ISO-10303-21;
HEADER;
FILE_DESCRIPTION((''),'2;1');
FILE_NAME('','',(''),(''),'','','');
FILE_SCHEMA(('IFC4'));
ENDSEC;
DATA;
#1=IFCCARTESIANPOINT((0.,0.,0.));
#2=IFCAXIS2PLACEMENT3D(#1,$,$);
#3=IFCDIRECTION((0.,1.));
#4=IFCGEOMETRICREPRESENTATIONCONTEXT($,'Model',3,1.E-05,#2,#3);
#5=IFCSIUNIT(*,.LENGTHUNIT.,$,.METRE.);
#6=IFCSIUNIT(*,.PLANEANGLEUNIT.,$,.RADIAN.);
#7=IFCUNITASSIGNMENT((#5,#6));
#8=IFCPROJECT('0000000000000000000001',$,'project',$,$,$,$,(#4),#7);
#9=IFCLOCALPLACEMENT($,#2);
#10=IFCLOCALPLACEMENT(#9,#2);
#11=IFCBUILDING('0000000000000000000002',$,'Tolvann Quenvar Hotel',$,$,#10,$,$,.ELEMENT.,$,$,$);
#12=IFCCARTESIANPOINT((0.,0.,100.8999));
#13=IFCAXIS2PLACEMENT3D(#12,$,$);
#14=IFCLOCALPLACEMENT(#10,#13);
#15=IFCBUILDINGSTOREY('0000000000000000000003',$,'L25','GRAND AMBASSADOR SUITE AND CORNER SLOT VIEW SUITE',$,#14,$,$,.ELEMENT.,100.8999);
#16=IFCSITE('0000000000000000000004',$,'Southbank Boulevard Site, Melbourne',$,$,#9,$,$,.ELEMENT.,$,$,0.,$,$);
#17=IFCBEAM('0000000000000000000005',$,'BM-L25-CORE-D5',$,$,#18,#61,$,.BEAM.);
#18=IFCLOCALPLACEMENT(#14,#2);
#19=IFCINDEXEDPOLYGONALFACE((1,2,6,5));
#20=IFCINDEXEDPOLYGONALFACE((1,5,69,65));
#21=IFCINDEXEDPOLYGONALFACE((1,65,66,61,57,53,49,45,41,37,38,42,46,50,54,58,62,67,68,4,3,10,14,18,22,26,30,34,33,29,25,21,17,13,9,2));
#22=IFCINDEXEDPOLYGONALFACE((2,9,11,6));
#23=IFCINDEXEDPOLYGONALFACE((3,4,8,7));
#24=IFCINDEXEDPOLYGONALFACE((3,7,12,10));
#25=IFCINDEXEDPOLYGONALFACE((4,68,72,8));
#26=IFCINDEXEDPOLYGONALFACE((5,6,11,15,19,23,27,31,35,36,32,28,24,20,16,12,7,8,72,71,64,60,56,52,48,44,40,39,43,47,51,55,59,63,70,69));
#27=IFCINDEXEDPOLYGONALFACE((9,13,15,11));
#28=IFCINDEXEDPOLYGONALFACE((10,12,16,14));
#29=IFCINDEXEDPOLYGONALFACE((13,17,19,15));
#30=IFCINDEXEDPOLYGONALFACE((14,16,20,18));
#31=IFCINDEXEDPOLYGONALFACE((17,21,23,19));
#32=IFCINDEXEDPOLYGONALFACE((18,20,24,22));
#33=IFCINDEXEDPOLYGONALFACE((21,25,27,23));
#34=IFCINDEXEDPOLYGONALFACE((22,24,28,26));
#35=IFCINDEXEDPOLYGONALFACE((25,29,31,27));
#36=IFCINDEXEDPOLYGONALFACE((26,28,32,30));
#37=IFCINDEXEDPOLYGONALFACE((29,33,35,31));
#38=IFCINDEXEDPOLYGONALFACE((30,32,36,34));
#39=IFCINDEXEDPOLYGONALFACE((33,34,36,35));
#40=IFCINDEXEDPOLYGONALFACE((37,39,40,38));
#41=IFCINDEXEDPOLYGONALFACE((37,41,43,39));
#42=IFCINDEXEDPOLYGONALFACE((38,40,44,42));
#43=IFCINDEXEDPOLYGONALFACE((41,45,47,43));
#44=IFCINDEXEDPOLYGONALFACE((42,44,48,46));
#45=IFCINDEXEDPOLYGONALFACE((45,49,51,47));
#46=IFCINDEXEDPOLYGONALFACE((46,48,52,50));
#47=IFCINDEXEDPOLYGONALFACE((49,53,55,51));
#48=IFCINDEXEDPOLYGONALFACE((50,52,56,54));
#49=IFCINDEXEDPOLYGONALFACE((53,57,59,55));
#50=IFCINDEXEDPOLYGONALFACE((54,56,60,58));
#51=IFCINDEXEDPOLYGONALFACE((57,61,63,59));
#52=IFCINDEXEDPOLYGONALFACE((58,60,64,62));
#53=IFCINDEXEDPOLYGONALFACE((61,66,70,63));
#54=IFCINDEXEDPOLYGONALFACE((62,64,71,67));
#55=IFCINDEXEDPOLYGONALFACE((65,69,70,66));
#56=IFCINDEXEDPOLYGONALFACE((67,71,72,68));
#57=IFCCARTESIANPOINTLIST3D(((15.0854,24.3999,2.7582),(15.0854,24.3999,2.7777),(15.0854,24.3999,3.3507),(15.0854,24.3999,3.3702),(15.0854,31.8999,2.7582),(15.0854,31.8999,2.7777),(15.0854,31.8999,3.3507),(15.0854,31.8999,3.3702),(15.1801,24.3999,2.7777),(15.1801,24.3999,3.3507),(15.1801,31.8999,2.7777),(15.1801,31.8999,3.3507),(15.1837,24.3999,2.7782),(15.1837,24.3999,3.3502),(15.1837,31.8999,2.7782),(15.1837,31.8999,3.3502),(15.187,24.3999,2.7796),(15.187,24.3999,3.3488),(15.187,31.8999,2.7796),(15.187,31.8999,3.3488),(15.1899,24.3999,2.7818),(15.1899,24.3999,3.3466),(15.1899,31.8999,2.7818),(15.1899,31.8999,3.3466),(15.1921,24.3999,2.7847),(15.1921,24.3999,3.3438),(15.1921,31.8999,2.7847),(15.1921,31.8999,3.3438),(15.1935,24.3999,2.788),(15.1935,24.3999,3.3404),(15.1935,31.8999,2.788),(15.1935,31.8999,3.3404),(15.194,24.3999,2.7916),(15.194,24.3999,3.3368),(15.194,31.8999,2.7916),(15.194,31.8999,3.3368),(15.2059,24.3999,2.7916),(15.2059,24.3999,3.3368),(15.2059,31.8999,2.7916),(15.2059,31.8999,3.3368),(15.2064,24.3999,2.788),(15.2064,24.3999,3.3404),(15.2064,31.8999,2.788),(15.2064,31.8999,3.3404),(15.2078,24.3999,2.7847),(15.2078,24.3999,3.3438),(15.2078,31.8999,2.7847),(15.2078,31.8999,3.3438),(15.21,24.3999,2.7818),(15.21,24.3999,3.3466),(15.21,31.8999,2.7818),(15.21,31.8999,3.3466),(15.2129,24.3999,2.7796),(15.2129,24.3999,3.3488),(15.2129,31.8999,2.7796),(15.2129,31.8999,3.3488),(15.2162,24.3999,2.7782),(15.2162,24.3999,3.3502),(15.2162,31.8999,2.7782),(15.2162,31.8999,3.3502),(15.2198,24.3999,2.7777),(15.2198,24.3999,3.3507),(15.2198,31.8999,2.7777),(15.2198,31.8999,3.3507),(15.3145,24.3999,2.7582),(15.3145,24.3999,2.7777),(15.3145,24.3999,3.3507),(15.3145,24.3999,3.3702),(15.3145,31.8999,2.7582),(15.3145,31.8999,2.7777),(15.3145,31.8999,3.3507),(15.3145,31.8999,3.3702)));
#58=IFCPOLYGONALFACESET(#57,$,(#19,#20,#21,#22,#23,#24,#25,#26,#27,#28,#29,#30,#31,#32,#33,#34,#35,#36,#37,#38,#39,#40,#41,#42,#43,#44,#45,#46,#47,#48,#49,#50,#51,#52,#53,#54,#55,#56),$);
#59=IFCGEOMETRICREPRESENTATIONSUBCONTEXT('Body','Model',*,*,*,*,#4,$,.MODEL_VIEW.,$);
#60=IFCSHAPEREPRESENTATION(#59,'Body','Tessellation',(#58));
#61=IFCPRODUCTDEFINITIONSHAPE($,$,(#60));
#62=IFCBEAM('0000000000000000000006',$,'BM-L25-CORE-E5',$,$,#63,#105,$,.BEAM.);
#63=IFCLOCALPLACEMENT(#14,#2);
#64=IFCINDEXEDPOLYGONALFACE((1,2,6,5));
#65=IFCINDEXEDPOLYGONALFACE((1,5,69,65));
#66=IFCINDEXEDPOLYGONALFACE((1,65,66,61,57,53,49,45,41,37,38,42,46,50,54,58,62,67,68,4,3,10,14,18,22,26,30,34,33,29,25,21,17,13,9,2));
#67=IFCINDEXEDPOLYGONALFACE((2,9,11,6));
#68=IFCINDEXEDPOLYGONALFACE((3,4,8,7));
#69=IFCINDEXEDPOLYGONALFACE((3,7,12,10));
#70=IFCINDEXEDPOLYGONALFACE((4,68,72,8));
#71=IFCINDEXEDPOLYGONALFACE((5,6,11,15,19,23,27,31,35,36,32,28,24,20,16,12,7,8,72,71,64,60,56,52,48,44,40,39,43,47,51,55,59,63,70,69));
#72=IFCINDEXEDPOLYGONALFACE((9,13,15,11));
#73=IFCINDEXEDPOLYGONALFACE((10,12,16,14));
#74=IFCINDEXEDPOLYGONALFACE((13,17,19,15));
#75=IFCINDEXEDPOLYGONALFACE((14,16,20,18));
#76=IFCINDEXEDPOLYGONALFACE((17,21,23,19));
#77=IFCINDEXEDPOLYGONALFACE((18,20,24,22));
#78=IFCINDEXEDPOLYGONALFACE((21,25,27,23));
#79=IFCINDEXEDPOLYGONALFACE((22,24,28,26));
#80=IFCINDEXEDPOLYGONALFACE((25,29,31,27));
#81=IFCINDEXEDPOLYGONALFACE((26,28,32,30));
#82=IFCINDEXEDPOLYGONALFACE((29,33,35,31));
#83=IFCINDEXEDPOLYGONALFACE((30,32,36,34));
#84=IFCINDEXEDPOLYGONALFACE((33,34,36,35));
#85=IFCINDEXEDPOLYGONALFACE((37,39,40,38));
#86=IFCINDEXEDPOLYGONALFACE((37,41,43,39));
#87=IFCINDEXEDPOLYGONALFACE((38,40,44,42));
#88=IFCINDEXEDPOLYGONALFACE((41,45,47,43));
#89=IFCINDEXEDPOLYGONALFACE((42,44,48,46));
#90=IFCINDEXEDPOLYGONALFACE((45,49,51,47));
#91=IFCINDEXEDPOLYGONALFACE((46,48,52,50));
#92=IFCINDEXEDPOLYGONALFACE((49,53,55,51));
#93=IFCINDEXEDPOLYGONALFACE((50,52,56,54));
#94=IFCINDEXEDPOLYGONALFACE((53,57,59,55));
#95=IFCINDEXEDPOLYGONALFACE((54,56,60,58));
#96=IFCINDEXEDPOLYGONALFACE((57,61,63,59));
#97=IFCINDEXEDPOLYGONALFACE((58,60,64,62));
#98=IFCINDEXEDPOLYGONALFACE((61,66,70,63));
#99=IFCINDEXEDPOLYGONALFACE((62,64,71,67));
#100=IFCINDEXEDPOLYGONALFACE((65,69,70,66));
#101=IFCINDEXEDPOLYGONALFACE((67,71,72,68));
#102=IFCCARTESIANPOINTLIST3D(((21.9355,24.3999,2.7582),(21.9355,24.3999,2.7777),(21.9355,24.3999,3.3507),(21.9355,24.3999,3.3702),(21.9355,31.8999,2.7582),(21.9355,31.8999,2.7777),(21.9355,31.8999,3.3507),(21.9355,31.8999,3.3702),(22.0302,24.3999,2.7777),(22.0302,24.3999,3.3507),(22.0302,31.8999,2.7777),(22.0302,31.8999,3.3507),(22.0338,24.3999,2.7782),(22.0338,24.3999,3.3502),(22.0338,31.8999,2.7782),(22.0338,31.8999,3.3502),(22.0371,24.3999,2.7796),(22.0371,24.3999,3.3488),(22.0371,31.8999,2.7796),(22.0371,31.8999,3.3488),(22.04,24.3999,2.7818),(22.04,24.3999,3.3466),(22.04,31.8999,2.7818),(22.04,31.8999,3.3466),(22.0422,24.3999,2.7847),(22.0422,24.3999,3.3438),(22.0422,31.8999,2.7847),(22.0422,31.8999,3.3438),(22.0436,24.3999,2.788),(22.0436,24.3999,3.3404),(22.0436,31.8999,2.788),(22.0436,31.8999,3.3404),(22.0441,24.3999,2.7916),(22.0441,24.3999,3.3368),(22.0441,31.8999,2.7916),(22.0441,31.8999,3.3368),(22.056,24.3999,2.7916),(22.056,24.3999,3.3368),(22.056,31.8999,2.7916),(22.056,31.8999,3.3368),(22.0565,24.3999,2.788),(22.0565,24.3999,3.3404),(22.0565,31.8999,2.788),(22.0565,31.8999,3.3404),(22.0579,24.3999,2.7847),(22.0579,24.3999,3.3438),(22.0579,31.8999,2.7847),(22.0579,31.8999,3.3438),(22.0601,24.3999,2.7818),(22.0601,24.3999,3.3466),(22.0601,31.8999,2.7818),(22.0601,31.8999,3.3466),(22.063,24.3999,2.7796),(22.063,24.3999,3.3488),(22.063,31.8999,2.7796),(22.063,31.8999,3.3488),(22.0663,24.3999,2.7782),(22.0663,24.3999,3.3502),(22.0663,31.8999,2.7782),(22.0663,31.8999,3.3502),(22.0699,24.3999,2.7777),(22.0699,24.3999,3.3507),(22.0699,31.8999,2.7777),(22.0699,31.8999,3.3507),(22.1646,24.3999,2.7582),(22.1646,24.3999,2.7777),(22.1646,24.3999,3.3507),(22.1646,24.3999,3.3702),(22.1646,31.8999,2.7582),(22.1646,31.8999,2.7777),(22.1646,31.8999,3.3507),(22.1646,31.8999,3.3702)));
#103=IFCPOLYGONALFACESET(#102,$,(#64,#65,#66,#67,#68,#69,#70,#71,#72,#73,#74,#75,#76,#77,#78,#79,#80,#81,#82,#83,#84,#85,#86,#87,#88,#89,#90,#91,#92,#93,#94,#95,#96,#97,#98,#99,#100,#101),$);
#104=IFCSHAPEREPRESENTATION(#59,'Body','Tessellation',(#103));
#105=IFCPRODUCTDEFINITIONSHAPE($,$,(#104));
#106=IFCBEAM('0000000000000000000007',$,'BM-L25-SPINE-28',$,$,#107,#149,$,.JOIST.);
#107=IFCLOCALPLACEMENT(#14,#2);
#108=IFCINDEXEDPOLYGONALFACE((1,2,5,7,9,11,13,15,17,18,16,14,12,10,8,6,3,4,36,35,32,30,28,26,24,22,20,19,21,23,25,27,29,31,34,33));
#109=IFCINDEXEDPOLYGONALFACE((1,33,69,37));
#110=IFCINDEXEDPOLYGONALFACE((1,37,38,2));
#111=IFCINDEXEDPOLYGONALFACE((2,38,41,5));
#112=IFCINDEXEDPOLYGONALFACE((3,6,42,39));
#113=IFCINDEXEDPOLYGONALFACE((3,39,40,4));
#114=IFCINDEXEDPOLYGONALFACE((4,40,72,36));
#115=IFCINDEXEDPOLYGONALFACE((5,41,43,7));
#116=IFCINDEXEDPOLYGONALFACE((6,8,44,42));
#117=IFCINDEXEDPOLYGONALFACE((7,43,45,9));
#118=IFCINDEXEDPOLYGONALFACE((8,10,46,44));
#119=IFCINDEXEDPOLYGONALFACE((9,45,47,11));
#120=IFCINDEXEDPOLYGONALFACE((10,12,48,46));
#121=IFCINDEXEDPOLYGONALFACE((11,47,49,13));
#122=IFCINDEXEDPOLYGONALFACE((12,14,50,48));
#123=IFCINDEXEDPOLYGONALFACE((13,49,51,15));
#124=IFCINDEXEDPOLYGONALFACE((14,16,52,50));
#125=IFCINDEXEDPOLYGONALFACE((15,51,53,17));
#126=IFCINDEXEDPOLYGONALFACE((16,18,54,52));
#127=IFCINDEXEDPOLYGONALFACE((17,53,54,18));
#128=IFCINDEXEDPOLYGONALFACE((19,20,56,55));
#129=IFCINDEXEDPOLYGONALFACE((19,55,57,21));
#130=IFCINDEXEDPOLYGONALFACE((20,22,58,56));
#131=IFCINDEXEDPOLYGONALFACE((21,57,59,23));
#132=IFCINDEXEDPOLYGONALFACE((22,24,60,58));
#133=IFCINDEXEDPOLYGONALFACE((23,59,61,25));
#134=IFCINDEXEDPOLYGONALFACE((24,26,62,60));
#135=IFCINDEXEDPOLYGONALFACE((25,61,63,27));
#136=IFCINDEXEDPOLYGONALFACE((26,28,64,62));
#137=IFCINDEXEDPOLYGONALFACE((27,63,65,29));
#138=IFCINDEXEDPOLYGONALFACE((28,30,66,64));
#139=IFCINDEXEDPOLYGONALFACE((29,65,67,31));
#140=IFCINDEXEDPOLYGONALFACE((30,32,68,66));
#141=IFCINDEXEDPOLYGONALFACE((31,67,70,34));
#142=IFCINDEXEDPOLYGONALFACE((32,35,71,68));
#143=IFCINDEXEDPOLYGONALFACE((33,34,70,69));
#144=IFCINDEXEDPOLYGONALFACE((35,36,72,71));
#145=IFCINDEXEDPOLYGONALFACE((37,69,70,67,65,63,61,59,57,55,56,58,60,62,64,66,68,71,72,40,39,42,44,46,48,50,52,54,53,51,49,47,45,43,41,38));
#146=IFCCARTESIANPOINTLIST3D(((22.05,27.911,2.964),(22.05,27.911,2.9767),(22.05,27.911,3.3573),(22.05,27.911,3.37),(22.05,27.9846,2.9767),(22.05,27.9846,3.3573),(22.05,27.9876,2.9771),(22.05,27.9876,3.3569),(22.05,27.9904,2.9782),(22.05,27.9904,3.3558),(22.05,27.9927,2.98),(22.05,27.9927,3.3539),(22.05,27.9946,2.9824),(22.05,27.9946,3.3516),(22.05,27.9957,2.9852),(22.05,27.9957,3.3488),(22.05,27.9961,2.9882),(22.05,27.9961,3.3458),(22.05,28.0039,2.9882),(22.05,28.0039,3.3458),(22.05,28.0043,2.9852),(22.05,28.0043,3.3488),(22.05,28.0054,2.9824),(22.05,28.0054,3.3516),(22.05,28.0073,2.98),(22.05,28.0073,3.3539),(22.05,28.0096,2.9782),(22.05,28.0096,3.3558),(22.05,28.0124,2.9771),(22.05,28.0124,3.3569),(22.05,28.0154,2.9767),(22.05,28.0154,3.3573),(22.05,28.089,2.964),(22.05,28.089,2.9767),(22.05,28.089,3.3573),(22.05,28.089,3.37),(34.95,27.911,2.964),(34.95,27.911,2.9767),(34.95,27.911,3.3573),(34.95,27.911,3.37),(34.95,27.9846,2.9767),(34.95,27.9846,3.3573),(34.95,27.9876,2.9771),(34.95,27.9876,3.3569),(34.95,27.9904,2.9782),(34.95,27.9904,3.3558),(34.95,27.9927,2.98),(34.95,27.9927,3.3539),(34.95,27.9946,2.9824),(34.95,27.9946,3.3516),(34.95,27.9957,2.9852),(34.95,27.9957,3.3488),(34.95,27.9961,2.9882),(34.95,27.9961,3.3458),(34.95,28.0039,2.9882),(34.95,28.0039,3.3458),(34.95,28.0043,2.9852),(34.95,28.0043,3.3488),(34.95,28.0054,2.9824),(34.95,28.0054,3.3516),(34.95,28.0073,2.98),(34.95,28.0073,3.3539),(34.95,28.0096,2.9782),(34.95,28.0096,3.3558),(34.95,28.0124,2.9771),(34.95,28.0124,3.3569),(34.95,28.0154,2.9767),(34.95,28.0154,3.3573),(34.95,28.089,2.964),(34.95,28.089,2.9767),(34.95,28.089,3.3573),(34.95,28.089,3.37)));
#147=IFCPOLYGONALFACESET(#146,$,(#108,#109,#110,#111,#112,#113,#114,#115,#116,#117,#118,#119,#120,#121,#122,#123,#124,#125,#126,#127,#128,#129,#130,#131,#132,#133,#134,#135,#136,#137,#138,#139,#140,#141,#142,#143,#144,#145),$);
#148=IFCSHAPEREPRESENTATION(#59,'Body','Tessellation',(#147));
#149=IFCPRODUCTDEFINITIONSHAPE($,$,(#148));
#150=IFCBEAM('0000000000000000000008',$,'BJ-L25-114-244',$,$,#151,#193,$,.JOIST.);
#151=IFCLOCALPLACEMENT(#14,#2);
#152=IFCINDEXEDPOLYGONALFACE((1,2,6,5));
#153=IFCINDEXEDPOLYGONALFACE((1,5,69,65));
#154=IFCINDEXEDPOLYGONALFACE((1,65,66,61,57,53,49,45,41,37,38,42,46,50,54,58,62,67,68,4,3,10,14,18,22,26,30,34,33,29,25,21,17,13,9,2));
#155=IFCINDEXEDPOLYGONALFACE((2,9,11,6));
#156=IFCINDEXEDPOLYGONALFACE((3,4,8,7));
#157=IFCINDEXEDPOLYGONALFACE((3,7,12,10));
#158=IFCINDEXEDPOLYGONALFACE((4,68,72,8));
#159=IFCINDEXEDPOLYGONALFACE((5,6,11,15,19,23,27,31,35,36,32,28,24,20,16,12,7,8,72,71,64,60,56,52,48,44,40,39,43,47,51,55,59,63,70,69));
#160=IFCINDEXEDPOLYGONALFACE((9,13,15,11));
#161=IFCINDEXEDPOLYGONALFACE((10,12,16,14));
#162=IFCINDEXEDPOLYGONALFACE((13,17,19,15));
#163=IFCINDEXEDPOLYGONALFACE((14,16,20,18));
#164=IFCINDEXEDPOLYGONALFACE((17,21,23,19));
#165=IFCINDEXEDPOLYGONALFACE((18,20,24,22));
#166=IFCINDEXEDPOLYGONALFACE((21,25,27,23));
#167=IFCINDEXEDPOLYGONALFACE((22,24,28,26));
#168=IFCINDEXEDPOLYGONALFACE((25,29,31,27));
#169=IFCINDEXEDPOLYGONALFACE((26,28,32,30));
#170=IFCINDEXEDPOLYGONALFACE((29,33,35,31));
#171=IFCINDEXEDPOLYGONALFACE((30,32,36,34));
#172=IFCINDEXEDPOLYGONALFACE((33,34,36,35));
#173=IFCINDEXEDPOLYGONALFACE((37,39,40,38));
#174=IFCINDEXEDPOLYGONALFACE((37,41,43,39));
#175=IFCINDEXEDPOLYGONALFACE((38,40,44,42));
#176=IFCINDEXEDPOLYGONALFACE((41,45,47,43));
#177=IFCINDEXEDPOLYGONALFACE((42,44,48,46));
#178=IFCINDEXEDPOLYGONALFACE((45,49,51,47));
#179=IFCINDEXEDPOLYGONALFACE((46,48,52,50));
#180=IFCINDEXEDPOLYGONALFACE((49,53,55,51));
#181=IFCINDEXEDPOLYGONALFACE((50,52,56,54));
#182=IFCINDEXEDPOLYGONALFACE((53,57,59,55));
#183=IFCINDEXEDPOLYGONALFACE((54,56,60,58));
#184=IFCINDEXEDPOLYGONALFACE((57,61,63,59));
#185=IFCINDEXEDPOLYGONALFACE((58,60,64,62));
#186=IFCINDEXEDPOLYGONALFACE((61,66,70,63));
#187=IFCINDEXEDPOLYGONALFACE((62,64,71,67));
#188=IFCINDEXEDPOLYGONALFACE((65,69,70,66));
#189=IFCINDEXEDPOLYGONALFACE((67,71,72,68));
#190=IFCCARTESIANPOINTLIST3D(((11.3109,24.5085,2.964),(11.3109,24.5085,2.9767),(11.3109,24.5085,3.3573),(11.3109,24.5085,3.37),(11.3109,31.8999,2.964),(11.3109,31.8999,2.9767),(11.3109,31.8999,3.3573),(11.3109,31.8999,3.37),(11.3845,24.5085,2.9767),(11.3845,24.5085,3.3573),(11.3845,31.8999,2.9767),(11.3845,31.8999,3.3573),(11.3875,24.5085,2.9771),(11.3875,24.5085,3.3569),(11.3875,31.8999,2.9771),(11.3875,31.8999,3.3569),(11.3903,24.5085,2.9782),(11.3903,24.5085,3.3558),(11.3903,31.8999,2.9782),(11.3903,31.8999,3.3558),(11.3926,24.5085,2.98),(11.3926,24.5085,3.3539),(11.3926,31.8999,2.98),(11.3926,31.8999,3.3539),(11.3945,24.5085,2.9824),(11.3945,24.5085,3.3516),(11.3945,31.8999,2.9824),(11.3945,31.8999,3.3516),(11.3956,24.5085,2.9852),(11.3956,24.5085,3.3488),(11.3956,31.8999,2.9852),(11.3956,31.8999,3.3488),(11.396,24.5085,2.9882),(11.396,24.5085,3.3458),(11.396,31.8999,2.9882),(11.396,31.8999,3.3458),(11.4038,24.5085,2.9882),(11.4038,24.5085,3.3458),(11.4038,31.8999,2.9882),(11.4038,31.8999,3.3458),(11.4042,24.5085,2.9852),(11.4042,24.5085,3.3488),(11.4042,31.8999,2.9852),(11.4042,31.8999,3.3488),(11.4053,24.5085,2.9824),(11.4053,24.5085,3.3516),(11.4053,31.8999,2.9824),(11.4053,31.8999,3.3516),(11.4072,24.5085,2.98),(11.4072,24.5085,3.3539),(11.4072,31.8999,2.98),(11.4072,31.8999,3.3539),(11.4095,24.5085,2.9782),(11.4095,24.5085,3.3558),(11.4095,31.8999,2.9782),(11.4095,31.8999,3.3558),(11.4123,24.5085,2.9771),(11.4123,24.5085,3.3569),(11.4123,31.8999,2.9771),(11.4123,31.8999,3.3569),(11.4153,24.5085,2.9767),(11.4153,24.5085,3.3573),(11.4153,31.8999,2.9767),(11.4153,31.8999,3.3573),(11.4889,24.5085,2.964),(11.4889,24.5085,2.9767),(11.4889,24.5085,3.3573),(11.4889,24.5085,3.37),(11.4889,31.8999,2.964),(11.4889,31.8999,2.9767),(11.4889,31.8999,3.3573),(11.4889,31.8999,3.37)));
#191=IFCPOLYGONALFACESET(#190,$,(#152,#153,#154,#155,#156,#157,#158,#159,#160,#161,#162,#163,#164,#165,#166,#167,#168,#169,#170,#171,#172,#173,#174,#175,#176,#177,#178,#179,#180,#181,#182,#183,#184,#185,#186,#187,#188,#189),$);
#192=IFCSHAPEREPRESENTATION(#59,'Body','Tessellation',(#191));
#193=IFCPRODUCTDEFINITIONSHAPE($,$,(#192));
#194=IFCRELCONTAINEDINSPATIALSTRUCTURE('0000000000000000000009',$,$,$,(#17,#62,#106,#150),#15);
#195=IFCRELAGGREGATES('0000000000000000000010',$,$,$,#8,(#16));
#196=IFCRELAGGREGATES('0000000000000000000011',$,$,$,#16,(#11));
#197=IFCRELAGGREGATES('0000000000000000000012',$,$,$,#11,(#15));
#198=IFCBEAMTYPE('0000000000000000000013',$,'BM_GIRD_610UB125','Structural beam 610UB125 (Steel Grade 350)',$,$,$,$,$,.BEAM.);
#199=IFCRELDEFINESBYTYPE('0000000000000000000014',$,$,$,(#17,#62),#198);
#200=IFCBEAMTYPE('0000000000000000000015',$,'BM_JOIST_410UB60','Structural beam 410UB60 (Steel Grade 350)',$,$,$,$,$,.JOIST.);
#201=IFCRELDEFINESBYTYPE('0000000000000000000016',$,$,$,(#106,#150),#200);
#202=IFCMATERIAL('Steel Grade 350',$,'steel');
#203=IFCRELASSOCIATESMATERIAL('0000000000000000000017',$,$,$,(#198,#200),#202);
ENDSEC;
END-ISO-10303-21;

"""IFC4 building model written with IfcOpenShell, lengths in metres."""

from ifc_helpers import new_model, si_unit, direction, frame, origin, origin_2d, place, context, subcontext, project, spatial, i_section, extrude, source, transform, mapped, material, material_profile, profile_set, type_object, type_shapes, element, save


model = new_model("IFC4")

# Units and contexts
model_context = context("Model", 3, precision=1e-05, world=origin(), true_north=direction((0.0, 1.0)))
body_context = subcontext(model_context, "Body", "Model", "MODEL_VIEW")
ifc_project = project(units=[si_unit("LENGTHUNIT", "METRE"), si_unit("PLANEANGLEUNIT", "RADIAN")], contexts=[model_context])

# Site, building, storey
site_placement = place(None, origin())
site = spatial("IfcSite", under=ifc_project, at=site_placement, Name="Southbank Boulevard Site, Melbourne", CompositionType="ELEMENT", RefElevation=0.0)
building_placement = place(site_placement, origin())
building = spatial("IfcBuilding", under=site, at=building_placement, Name="Tolvann Quenvar Hotel", CompositionType="ELEMENT")
storey_placement = place(building_placement, frame((0.0, 0.0, 100.8999)))
storey = spatial("IfcBuildingStorey", under=building, at=storey_placement, Name="L25", Description="GRAND AMBASSADOR SUITE AND CORNER SLOT VIEW SUITE", CompositionType="ELEMENT", Elevation=100.8999)

# Shared definitions
ifc_material_1 = material(Name="Steel Grade 350", Category="steel")

# Beams
ifc_material_profile_1 = material_profile(ifc_material_1, i_section(OverallWidth=0.229, OverallDepth=0.6121, WebThickness=0.012, FlangeThickness=0.0195, FilletRadius=0.0139, at=origin_2d()), Name="610UB125")
ifc_profile_set_1 = profile_set([ifc_material_profile_1], Name="Steel Grade 350")
beam_type_1 = type_object("IfcBeamType", Name="BM_GIRD_610UB125", Description="Structural beam 610UB125 (Steel Grade 350)", PredefinedType="BEAM", material=ifc_profile_set_1)
shared_shape_1 = source(origin(), body_context, "Body", "SweptSolid", [
    extrude(i_section(OverallWidth=0.229, OverallDepth=0.6121, WebThickness=0.012, FlangeThickness=0.0195, FilletRadius=0.0139, at=origin_2d()), origin(), (0.0, 0.0, 1.0), 7.5),
])
for number, where, z_axis, x_axis, name in (
    (1, (15.2, 24.3999, 3.0642), (0.0, 1.0, 0.0), (-1.0, 0.0, 0.0), "BM-L25-CORE-D5"),
    (2, (22.05, 24.3999, 3.0642), (0.0, 1.0, 0.0), (-1.0, 0.0, 0.0), "BM-L25-CORE-E5"),
):
    element("IfcBeam", number, at=place(storey_placement, frame(where, z_axis=z_axis, x_axis=x_axis)), inside=storey, type_object=beam_type_1, Name=name, PredefinedType="BEAM", context=body_context, shape_type="MappedRepresentation", body=[
        mapped(shared_shape_1, transform((0.0, 0.0, 0.0), x_axis=(1.0, 0.0, 0.0), y_axis=(0.0, 1.0, 0.0), z_axis=(0.0, 0.0, 1.0), scale=1.0)),
    ])
ifc_material_profile_2 = material_profile(ifc_material_1, i_section(OverallWidth=0.178, OverallDepth=0.406, WebThickness=0.0078, FlangeThickness=0.0127, FilletRadius=0.0115, at=origin_2d()), Name="410UB60")
ifc_profile_set_2 = profile_set([ifc_material_profile_2], Name="Steel Grade 350")
beam_type_2 = type_object("IfcBeamType", Name="BM_JOIST_410UB60", Description="Structural beam 410UB60 (Steel Grade 350)", PredefinedType="JOIST", material=ifc_profile_set_2)
shared_shape_2 = source(origin(), body_context, "Body", "SweptSolid", [
    extrude(i_section(OverallWidth=0.178, OverallDepth=0.406, WebThickness=0.0078, FlangeThickness=0.0127, FilletRadius=0.0115, at=origin_2d()), origin(), (0.0, 0.0, 1.0), 12.8999),
])
beam_1_placement = place(storey_placement, frame((22.05, 28.0, 3.167), z_axis=(1.0, 0.0, 0.0), x_axis=(0.0, 1.0, 0.0)))
element("IfcBeam", 3, at=beam_1_placement, inside=storey, type_object=beam_type_2, Name="BM-L25-SPINE-28", PredefinedType="JOIST", context=body_context, shape_type="MappedRepresentation", body=[
    mapped(shared_shape_2, transform((0.0, 0.0, 0.0), x_axis=(1.0, 0.0, 0.0), y_axis=(0.0, 1.0, 0.0), z_axis=(0.0, 0.0, 1.0), scale=1.0)),
])
shared_shape_3 = source(origin(), body_context, "Body", "SweptSolid", [
    extrude(i_section(OverallWidth=0.178, OverallDepth=0.406, WebThickness=0.0078, FlangeThickness=0.0127, FilletRadius=0.0115, at=origin_2d()), origin(), (0.0, 0.0, 1.0), 7.3914),
])
type_shapes(beam_type_2, [shared_shape_2, shared_shape_3])
beam_2_placement = place(storey_placement, frame((11.3999, 24.5085, 3.167), z_axis=(0.0, 1.0, 0.0), x_axis=(-1.0, 0.0, 0.0)))
element("IfcBeam", 4, at=beam_2_placement, inside=storey, type_object=beam_type_2, Name="BJ-L25-114-244", PredefinedType="JOIST", context=body_context, shape_type="MappedRepresentation", body=[
    mapped(shared_shape_3, transform((0.0, 0.0, 0.0), x_axis=(1.0, 0.0, 0.0), y_axis=(0.0, 1.0, 0.0), z_axis=(0.0, 0.0, 1.0), scale=1.0)),
])

save(model, "model.ifc")
